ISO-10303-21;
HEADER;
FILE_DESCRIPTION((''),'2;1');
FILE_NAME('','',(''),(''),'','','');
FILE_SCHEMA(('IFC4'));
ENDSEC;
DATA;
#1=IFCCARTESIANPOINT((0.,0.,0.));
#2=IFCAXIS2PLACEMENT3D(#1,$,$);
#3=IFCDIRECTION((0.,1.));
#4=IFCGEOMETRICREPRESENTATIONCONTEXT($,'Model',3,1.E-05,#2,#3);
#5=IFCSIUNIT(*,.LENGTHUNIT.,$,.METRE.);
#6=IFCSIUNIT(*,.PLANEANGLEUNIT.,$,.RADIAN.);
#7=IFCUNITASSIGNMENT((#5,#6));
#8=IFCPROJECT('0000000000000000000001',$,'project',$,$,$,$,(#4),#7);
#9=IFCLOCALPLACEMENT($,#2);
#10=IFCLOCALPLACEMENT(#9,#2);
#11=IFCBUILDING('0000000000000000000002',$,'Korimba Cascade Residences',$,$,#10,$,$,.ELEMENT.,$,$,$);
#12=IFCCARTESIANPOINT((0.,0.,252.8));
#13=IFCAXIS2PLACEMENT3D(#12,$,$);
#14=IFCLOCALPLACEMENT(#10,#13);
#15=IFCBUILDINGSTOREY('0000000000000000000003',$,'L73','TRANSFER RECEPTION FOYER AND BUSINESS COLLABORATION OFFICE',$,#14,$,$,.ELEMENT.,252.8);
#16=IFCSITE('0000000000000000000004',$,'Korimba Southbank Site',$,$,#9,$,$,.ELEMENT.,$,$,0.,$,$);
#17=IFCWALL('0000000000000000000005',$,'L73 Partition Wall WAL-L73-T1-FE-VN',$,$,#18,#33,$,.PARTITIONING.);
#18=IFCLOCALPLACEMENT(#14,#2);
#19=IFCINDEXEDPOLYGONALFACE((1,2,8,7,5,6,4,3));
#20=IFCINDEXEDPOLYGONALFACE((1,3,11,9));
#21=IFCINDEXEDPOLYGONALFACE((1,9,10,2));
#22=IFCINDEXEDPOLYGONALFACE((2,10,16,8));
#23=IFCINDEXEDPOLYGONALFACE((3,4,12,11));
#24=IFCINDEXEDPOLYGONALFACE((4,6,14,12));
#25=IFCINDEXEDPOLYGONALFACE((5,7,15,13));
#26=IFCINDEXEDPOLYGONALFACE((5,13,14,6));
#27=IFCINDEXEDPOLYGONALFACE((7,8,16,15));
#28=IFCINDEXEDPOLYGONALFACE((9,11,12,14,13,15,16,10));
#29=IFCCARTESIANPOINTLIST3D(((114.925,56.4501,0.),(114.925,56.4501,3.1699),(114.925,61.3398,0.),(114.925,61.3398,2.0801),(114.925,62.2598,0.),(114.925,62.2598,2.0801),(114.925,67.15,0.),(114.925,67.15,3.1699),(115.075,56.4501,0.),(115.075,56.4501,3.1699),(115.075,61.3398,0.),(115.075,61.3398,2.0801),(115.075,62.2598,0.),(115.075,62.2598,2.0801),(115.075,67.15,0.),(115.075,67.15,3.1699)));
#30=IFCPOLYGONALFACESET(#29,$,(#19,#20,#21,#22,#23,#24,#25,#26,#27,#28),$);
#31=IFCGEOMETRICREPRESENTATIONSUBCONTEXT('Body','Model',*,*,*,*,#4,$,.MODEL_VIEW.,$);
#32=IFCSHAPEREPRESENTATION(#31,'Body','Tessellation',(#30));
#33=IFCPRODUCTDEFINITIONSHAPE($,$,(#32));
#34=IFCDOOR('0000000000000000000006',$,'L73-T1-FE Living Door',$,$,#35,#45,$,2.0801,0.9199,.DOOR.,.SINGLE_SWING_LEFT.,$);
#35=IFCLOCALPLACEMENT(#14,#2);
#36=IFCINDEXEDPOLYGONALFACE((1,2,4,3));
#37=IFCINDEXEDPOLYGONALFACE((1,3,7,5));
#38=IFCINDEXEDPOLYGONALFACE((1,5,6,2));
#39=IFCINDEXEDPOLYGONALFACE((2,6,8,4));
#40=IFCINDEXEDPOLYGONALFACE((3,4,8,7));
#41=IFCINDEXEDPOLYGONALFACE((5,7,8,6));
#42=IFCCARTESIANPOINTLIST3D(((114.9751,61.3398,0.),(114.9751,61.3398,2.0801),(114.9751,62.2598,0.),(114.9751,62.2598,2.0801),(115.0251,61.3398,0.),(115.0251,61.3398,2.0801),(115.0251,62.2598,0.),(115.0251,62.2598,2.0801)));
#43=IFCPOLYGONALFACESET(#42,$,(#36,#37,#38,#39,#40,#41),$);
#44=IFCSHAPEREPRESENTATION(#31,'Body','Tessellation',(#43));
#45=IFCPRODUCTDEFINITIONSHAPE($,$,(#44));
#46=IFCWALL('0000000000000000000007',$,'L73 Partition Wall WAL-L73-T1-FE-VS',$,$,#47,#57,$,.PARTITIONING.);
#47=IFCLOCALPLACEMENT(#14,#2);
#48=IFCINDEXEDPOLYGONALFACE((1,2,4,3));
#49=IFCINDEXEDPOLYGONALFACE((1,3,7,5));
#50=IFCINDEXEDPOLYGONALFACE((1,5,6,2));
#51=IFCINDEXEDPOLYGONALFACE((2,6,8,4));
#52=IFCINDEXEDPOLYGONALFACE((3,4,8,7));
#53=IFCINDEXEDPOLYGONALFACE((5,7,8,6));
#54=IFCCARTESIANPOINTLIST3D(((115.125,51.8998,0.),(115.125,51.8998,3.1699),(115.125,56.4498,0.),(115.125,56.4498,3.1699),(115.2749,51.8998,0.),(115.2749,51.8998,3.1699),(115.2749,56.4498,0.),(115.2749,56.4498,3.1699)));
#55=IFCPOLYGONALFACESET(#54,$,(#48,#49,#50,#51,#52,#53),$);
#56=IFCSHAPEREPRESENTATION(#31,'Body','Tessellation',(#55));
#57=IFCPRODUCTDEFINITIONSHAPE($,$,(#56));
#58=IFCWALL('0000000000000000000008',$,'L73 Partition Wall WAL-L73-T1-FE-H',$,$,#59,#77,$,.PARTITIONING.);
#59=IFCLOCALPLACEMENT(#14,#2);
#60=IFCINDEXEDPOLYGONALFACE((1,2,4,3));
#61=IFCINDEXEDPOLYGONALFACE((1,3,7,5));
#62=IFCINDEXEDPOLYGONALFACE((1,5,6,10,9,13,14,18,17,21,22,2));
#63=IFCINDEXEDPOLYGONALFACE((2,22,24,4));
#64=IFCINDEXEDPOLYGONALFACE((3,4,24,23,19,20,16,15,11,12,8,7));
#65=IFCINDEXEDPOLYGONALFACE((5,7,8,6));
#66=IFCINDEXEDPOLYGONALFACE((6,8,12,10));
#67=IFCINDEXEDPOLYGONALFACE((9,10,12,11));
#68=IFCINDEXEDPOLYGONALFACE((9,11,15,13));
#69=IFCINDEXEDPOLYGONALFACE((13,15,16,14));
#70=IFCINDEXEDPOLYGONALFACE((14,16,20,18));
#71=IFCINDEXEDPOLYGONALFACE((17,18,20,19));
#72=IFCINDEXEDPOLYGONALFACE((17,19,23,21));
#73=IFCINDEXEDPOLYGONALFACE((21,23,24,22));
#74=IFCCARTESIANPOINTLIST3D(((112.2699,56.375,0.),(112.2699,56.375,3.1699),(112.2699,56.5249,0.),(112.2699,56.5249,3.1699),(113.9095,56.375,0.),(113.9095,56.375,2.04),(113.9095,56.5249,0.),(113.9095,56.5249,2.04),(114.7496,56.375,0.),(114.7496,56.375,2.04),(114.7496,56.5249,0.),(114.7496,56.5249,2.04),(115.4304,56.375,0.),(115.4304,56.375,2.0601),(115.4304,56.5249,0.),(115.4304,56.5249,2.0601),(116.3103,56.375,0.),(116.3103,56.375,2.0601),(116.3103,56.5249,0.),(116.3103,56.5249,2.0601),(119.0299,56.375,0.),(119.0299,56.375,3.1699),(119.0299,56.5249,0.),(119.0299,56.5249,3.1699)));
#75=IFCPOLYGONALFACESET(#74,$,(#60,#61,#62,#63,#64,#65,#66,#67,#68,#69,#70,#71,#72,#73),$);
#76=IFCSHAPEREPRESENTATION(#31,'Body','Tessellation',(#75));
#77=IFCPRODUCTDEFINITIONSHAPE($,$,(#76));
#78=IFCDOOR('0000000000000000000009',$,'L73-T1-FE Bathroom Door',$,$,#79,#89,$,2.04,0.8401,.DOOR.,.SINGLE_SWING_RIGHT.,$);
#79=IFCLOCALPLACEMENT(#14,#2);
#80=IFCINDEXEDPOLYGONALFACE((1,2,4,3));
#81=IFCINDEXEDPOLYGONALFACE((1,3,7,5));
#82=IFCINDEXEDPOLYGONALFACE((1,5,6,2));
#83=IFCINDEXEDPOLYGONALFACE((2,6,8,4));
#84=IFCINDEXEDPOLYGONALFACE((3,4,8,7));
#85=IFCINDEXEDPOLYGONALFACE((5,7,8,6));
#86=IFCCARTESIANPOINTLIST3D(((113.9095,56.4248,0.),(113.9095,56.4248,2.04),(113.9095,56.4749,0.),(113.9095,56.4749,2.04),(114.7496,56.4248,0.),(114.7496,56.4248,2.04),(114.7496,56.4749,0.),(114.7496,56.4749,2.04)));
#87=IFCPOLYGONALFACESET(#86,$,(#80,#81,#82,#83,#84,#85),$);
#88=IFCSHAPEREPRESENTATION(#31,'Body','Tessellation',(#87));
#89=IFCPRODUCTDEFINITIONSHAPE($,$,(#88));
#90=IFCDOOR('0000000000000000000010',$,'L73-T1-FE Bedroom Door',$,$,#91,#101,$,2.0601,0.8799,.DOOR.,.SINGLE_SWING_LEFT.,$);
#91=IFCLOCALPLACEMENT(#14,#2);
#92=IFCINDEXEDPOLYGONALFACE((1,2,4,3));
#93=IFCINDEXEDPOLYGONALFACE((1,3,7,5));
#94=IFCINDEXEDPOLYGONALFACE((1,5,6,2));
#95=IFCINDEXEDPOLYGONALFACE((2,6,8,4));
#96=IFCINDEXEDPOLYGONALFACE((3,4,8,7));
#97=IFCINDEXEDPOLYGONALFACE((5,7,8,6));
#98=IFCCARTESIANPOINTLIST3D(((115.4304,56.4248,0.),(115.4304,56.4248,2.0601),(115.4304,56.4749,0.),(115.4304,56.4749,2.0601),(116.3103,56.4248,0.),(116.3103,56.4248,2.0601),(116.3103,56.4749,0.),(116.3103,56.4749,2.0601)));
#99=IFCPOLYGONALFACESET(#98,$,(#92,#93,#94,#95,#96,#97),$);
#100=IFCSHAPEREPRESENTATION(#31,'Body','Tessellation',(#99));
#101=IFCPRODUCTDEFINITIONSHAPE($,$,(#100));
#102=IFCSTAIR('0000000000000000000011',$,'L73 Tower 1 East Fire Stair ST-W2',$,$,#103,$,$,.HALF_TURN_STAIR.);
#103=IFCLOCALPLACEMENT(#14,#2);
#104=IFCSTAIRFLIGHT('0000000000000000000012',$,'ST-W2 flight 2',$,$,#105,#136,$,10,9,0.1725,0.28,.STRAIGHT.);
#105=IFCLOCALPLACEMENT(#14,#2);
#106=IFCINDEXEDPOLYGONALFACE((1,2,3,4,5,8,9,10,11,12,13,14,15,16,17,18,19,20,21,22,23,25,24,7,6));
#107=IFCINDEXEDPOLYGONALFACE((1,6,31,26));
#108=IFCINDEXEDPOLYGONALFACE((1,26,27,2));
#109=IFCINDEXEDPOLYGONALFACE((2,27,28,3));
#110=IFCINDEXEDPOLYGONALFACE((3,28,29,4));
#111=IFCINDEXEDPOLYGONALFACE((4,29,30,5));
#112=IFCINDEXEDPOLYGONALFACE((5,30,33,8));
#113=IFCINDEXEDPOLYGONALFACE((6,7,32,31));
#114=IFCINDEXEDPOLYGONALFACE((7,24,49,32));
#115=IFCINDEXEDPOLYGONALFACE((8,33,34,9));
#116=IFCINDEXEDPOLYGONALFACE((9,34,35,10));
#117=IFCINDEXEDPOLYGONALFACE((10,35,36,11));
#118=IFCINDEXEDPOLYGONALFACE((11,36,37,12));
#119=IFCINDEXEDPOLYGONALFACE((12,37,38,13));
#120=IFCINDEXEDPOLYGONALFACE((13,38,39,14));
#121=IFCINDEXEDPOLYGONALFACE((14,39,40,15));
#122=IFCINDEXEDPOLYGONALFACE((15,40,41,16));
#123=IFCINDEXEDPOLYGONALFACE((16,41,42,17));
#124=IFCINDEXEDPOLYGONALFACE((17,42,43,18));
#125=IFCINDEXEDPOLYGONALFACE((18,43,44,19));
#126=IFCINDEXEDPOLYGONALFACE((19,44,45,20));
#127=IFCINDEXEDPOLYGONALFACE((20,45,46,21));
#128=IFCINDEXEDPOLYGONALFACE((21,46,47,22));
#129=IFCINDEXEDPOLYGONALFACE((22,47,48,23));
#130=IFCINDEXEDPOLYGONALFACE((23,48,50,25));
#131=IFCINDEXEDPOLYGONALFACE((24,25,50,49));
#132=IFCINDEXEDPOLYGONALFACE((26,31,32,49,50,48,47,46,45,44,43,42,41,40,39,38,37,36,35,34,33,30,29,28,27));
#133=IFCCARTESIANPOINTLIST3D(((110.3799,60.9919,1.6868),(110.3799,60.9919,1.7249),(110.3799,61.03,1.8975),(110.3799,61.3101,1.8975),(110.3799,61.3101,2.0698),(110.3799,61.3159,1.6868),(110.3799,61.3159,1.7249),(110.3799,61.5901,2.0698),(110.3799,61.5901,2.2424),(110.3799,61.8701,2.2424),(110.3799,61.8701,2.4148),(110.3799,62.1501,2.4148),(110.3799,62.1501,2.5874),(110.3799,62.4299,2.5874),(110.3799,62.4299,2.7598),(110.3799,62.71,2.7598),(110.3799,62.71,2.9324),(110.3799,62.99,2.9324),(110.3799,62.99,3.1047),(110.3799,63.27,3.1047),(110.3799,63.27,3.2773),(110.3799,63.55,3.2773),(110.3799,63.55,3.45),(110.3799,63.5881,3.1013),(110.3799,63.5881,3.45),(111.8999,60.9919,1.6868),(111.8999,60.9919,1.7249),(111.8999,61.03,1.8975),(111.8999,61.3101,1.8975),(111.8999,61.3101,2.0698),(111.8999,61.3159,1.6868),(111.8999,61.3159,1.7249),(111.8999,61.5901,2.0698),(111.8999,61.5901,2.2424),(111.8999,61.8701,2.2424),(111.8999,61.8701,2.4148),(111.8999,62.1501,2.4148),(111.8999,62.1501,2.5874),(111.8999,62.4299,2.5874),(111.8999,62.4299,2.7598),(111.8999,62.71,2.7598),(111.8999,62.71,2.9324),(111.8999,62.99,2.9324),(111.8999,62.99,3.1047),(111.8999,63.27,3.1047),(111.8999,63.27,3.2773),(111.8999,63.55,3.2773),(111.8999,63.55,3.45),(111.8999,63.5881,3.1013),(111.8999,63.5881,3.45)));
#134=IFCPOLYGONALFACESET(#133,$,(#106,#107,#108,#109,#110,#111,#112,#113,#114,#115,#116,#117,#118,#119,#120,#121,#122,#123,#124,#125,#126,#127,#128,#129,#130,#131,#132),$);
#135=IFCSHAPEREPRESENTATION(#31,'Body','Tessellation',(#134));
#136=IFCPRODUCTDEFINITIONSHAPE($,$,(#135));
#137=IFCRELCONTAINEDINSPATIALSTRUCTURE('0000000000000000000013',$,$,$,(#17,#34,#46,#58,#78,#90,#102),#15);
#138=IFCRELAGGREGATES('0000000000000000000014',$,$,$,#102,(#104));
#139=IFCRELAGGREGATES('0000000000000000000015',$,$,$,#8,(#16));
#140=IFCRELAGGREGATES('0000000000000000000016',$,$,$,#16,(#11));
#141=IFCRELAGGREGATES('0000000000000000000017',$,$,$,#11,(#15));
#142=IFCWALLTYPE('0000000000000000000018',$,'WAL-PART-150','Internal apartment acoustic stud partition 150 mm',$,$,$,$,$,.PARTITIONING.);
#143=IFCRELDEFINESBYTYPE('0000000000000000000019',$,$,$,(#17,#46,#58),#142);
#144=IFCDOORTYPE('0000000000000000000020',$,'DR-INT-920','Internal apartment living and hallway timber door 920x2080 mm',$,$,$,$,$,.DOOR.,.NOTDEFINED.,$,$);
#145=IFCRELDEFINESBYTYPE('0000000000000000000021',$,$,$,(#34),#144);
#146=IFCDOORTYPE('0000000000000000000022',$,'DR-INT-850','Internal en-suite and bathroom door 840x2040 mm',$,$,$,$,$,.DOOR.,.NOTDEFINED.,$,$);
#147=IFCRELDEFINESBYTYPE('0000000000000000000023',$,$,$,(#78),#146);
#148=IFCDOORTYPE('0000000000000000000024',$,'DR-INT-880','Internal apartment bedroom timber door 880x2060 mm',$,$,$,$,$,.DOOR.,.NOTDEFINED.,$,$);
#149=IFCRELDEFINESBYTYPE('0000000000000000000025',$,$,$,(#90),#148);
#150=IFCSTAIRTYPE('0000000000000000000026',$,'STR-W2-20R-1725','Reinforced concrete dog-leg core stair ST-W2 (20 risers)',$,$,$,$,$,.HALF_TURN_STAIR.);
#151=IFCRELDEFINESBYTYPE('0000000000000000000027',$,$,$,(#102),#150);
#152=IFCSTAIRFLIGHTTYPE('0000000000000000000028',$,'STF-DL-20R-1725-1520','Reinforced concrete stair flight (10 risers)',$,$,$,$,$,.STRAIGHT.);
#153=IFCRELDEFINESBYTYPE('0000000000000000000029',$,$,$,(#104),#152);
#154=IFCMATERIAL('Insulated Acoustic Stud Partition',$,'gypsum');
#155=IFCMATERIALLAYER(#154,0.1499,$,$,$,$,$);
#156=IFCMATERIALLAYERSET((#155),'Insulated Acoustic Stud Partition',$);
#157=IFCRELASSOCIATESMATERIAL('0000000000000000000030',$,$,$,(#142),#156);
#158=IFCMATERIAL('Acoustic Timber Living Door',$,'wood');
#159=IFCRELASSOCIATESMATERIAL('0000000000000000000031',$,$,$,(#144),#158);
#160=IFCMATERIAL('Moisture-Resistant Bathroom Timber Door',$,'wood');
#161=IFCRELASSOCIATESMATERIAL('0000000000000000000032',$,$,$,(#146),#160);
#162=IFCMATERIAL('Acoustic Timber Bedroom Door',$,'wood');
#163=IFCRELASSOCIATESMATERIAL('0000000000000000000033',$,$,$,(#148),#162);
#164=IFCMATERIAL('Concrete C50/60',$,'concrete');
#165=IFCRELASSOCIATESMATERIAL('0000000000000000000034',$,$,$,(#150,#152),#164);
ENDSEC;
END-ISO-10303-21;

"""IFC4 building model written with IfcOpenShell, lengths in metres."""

from ifc_helpers import new_model, si_unit, direction, frame, frame_2d, origin, place, context, subcontext, project, spatial, polyline, rectangle, outline, extrude, material, layer, layer_set, type_object, element, fill, aggregate, save


model = new_model("IFC4")

# Units and contexts
model_context = context("Model", 3, precision=1e-05, world=origin(), true_north=direction((0.0, 1.0)))
body_context = subcontext(model_context, "Body", "Model", "MODEL_VIEW")
ifc_project = project(units=[si_unit("LENGTHUNIT", "METRE"), si_unit("PLANEANGLEUNIT", "RADIAN")], contexts=[model_context])

# Site, building, storey
site_placement = place(None, origin())
site = spatial("IfcSite", under=ifc_project, at=site_placement, Name="Korimba Southbank Site", CompositionType="ELEMENT", RefElevation=0.0)
building_placement = place(site_placement, origin())
building = spatial("IfcBuilding", under=site, at=building_placement, Name="Korimba Cascade Residences", CompositionType="ELEMENT")
storey_placement = place(building_placement, frame((0.0, 0.0, 252.8)))
storey = spatial("IfcBuildingStorey", under=building, at=storey_placement, Name="L73", Description="TRANSFER RECEPTION FOYER AND BUSINESS COLLABORATION OFFICE", CompositionType="ELEMENT", Elevation=252.8)

# Shared definitions
ifc_material_1 = material(Name="Concrete C50/60", Category="concrete")

# Wall, opening, door
ifc_material_2 = material(Name="Insulated Acoustic Stud Partition", Category="gypsum")
ifc_layer_1 = layer(ifc_material_2, 0.1499)
ifc_layer_set_1 = layer_set([ifc_layer_1], Name="Insulated Acoustic Stud Partition")
wall_type_1 = type_object("IfcWallType", Name="WAL-PART-150", Description="Internal apartment acoustic stud partition 150 mm", PredefinedType="PARTITIONING", material=ifc_layer_set_1)
wall_1_placement = place(storey_placement, frame((115.0, 56.45, 0.0), z_axis=(0.0, 0.0, 1.0), x_axis=(0.0, 1.0, 0.0)))
wall_1 = element("IfcWall", 1, at=wall_1_placement, inside=storey, type_object=wall_type_1, Name="L73 Partition Wall WAL-L73-T1-FE-VN", PredefinedType="PARTITIONING", context=body_context, shape_type="SweptSolid", body=[
    extrude(rectangle(XDim=10.7, YDim=0.1499, at=frame_2d((5.3501, 0.0))), origin(), (0.0, 0.0, 1.0), 3.1699),
])
opening_1_placement = place(wall_1_placement, frame((4.8899, 0.0, 0.0)))
opening_1 = element("IfcOpeningElement", 2, at=opening_1_placement, cuts=wall_1, PredefinedType="OPENING", context=body_context, shape_type="SweptSolid", body=[
    extrude(rectangle(XDim=0.9199, YDim=2.0801, at=frame_2d((0.46, 1.04))), frame((0.0, 0.085, 0.0), z_axis=(0.0, -1.0, 0.0), x_axis=(1.0, 0.0, 0.0)), (0.0, 0.0, 1.0), 0.1699),
])
ifc_material_3 = material(Name="Acoustic Timber Living Door", Category="wood")
door_type_1 = type_object("IfcDoorType", Name="DR-INT-920", Description="Internal apartment living and hallway timber door 920x2080 mm", OperationType="NOTDEFINED", PredefinedType="DOOR", material=ifc_material_3)
door_1_placement = place(opening_1_placement, origin())
door_1 = element("IfcDoor", 3, at=door_1_placement, inside=storey, type_object=door_type_1, Name="L73-T1-FE Living Door", OperationType="SINGLE_SWING_LEFT", OverallHeight=2.0801, OverallWidth=0.9199, PredefinedType="DOOR", context=body_context, shape_type="SweptSolid", body=[
    extrude(rectangle(XDim=0.9199, YDim=2.0801, at=frame_2d((0.46, 1.04))), frame((0.0, 0.0249, 0.0), z_axis=(0.0, -1.0, 0.0), x_axis=(1.0, 0.0, 0.0)), (0.0, 0.0, 1.0), 0.05),
])
fill(opening_1, door_1)

# Wall
wall_2_placement = place(storey_placement, frame((115.2, 51.8999, 0.0), z_axis=(0.0, 0.0, 1.0), x_axis=(0.0, 1.0, 0.0)))
element("IfcWall", 4, at=wall_2_placement, inside=storey, type_object=wall_type_1, Name="L73 Partition Wall WAL-L73-T1-FE-VS", PredefinedType="PARTITIONING", context=body_context, shape_type="SweptSolid", body=[
    extrude(rectangle(XDim=4.55, YDim=0.1499, at=frame_2d((2.2749, 0.0))), origin(), (0.0, 0.0, 1.0), 3.1699),
])

# Wall, openings, doors
wall_3_placement = place(storey_placement, frame((112.27, 56.45, 0.0), z_axis=(0.0, 0.0, 1.0), x_axis=(1.0, 0.0, 0.0)))
wall_3 = element("IfcWall", 5, at=wall_3_placement, inside=storey, type_object=wall_type_1, Name="L73 Partition Wall WAL-L73-T1-FE-H", PredefinedType="PARTITIONING", context=body_context, shape_type="SweptSolid", body=[
    extrude(rectangle(XDim=6.76, YDim=0.1499, at=frame_2d((3.3799, 0.0))), origin(), (0.0, 0.0, 1.0), 3.1699),
])
opening_2_placement = place(wall_3_placement, frame((1.6396, 0.0, 0.0)))
opening_2 = element("IfcOpeningElement", 6, at=opening_2_placement, cuts=wall_3, PredefinedType="OPENING", context=body_context, shape_type="SweptSolid", body=[
    extrude(rectangle(XDim=0.8401, YDim=2.04, at=frame_2d((0.4199, 1.02))), frame((0.0, 0.085, 0.0), z_axis=(0.0, -1.0, 0.0), x_axis=(1.0, 0.0, 0.0)), (0.0, 0.0, 1.0), 0.1699),
])
opening_3_placement = place(wall_3_placement, frame((3.1604, 0.0, 0.0)))
opening_3 = element("IfcOpeningElement", 7, at=opening_3_placement, cuts=wall_3, PredefinedType="OPENING", context=body_context, shape_type="SweptSolid", body=[
    extrude(rectangle(XDim=0.8799, YDim=2.0601, at=frame_2d((0.4399, 1.03))), frame((0.0, 0.085, 0.0), z_axis=(0.0, -1.0, 0.0), x_axis=(1.0, 0.0, 0.0)), (0.0, 0.0, 1.0), 0.1699),
])
ifc_material_4 = material(Name="Moisture-Resistant Bathroom Timber Door", Category="wood")
door_type_2 = type_object("IfcDoorType", Name="DR-INT-850", Description="Internal en-suite and bathroom door 840x2040 mm", OperationType="NOTDEFINED", PredefinedType="DOOR", material=ifc_material_4)
door_2_placement = place(opening_2_placement, origin())
door_2 = element("IfcDoor", 8, at=door_2_placement, inside=storey, type_object=door_type_2, Name="L73-T1-FE Bathroom Door", OperationType="SINGLE_SWING_RIGHT", OverallHeight=2.04, OverallWidth=0.8401, PredefinedType="DOOR", context=body_context, shape_type="SweptSolid", body=[
    extrude(rectangle(XDim=0.8401, YDim=2.04, at=frame_2d((0.4199, 1.02))), frame((0.0, 0.0249, 0.0), z_axis=(0.0, -1.0, 0.0), x_axis=(1.0, 0.0, 0.0)), (0.0, 0.0, 1.0), 0.05),
])
fill(opening_2, door_2)
ifc_material_5 = material(Name="Acoustic Timber Bedroom Door", Category="wood")
door_type_3 = type_object("IfcDoorType", Name="DR-INT-880", Description="Internal apartment bedroom timber door 880x2060 mm", OperationType="NOTDEFINED", PredefinedType="DOOR", material=ifc_material_5)
door_3_placement = place(opening_3_placement, origin())
door_3 = element("IfcDoor", 9, at=door_3_placement, inside=storey, type_object=door_type_3, Name="L73-T1-FE Bedroom Door", OperationType="SINGLE_SWING_LEFT", OverallHeight=2.0601, OverallWidth=0.8799, PredefinedType="DOOR", context=body_context, shape_type="SweptSolid", body=[
    extrude(rectangle(XDim=0.8799, YDim=2.0601, at=frame_2d((0.4399, 1.03))), frame((0.0, 0.0249, 0.0), z_axis=(0.0, -1.0, 0.0), x_axis=(1.0, 0.0, 0.0)), (0.0, 0.0, 1.0), 0.05),
])
fill(opening_3, door_3)

# Stair, stair flight
stair_type = type_object("IfcStairType", Name="STR-W2-20R-1725", Description="Reinforced concrete dog-leg core stair ST-W2 (20 risers)", PredefinedType="HALF_TURN_STAIR", material=ifc_material_1)
stair_placement = place(storey_placement, origin())
stair = element("IfcStair", 10, at=stair_placement, inside=storey, type_object=stair_type, Name="L73 Tower 1 East Fire Stair ST-W2", PredefinedType="HALF_TURN_STAIR")
stair_flight_type = type_object("IfcStairFlightType", Name="STF-DL-20R-1725-1520", Description="Reinforced concrete stair flight (10 risers)", PredefinedType="STRAIGHT", material=ifc_material_1)
stair_flight_placement = place(storey_placement, frame((111.1399, 61.03, 1.7249), z_axis=(0.0, 0.0, 1.0), x_axis=(0.0, 1.0, 0.0)))
stair_flight = element("IfcStairFlight", 11, at=stair_flight_placement, type_object=stair_flight_type, Name="ST-W2 flight 2", NumberOfRisers=10, NumberOfTreads=9, PredefinedType="STRAIGHT", RiserHeight=0.1725, TreadLength=0.28, context=body_context, shape_type="SweptSolid", body=[
    extrude(outline(polyline([(-0.0381, 0.0), (0.0, 0.1726), (0.28, 0.1726), (0.28, 0.345), (0.5601, 0.345), (0.5601, 0.5176), (0.8401, 0.5176), (0.8401, 0.6899), (1.1201, 0.6899), (1.1201, 0.8625), (1.3999, 0.8625), (1.3999, 1.0349), (1.6799, 1.0349), (1.6799, 1.2075), (1.96, 1.2075), (1.96, 1.3799), (2.24, 1.3799), (2.24, 1.5525), (2.52, 1.5525), (2.52, 1.7251), (2.5581, 1.7251), (2.5581, 1.3765), (0.2859, 0.0), (0.2859, -0.0381), (-0.0381, -0.0381), (-0.0381, 0.0)])), frame((0.0, 0.76, 0.0), z_axis=(0.0, -1.0, 0.0), x_axis=(1.0, 0.0, 0.0)), (0.0, 0.0, 1.0), 1.52),
])
aggregate(stair, [stair_flight])

save(model, "model.ifc")
